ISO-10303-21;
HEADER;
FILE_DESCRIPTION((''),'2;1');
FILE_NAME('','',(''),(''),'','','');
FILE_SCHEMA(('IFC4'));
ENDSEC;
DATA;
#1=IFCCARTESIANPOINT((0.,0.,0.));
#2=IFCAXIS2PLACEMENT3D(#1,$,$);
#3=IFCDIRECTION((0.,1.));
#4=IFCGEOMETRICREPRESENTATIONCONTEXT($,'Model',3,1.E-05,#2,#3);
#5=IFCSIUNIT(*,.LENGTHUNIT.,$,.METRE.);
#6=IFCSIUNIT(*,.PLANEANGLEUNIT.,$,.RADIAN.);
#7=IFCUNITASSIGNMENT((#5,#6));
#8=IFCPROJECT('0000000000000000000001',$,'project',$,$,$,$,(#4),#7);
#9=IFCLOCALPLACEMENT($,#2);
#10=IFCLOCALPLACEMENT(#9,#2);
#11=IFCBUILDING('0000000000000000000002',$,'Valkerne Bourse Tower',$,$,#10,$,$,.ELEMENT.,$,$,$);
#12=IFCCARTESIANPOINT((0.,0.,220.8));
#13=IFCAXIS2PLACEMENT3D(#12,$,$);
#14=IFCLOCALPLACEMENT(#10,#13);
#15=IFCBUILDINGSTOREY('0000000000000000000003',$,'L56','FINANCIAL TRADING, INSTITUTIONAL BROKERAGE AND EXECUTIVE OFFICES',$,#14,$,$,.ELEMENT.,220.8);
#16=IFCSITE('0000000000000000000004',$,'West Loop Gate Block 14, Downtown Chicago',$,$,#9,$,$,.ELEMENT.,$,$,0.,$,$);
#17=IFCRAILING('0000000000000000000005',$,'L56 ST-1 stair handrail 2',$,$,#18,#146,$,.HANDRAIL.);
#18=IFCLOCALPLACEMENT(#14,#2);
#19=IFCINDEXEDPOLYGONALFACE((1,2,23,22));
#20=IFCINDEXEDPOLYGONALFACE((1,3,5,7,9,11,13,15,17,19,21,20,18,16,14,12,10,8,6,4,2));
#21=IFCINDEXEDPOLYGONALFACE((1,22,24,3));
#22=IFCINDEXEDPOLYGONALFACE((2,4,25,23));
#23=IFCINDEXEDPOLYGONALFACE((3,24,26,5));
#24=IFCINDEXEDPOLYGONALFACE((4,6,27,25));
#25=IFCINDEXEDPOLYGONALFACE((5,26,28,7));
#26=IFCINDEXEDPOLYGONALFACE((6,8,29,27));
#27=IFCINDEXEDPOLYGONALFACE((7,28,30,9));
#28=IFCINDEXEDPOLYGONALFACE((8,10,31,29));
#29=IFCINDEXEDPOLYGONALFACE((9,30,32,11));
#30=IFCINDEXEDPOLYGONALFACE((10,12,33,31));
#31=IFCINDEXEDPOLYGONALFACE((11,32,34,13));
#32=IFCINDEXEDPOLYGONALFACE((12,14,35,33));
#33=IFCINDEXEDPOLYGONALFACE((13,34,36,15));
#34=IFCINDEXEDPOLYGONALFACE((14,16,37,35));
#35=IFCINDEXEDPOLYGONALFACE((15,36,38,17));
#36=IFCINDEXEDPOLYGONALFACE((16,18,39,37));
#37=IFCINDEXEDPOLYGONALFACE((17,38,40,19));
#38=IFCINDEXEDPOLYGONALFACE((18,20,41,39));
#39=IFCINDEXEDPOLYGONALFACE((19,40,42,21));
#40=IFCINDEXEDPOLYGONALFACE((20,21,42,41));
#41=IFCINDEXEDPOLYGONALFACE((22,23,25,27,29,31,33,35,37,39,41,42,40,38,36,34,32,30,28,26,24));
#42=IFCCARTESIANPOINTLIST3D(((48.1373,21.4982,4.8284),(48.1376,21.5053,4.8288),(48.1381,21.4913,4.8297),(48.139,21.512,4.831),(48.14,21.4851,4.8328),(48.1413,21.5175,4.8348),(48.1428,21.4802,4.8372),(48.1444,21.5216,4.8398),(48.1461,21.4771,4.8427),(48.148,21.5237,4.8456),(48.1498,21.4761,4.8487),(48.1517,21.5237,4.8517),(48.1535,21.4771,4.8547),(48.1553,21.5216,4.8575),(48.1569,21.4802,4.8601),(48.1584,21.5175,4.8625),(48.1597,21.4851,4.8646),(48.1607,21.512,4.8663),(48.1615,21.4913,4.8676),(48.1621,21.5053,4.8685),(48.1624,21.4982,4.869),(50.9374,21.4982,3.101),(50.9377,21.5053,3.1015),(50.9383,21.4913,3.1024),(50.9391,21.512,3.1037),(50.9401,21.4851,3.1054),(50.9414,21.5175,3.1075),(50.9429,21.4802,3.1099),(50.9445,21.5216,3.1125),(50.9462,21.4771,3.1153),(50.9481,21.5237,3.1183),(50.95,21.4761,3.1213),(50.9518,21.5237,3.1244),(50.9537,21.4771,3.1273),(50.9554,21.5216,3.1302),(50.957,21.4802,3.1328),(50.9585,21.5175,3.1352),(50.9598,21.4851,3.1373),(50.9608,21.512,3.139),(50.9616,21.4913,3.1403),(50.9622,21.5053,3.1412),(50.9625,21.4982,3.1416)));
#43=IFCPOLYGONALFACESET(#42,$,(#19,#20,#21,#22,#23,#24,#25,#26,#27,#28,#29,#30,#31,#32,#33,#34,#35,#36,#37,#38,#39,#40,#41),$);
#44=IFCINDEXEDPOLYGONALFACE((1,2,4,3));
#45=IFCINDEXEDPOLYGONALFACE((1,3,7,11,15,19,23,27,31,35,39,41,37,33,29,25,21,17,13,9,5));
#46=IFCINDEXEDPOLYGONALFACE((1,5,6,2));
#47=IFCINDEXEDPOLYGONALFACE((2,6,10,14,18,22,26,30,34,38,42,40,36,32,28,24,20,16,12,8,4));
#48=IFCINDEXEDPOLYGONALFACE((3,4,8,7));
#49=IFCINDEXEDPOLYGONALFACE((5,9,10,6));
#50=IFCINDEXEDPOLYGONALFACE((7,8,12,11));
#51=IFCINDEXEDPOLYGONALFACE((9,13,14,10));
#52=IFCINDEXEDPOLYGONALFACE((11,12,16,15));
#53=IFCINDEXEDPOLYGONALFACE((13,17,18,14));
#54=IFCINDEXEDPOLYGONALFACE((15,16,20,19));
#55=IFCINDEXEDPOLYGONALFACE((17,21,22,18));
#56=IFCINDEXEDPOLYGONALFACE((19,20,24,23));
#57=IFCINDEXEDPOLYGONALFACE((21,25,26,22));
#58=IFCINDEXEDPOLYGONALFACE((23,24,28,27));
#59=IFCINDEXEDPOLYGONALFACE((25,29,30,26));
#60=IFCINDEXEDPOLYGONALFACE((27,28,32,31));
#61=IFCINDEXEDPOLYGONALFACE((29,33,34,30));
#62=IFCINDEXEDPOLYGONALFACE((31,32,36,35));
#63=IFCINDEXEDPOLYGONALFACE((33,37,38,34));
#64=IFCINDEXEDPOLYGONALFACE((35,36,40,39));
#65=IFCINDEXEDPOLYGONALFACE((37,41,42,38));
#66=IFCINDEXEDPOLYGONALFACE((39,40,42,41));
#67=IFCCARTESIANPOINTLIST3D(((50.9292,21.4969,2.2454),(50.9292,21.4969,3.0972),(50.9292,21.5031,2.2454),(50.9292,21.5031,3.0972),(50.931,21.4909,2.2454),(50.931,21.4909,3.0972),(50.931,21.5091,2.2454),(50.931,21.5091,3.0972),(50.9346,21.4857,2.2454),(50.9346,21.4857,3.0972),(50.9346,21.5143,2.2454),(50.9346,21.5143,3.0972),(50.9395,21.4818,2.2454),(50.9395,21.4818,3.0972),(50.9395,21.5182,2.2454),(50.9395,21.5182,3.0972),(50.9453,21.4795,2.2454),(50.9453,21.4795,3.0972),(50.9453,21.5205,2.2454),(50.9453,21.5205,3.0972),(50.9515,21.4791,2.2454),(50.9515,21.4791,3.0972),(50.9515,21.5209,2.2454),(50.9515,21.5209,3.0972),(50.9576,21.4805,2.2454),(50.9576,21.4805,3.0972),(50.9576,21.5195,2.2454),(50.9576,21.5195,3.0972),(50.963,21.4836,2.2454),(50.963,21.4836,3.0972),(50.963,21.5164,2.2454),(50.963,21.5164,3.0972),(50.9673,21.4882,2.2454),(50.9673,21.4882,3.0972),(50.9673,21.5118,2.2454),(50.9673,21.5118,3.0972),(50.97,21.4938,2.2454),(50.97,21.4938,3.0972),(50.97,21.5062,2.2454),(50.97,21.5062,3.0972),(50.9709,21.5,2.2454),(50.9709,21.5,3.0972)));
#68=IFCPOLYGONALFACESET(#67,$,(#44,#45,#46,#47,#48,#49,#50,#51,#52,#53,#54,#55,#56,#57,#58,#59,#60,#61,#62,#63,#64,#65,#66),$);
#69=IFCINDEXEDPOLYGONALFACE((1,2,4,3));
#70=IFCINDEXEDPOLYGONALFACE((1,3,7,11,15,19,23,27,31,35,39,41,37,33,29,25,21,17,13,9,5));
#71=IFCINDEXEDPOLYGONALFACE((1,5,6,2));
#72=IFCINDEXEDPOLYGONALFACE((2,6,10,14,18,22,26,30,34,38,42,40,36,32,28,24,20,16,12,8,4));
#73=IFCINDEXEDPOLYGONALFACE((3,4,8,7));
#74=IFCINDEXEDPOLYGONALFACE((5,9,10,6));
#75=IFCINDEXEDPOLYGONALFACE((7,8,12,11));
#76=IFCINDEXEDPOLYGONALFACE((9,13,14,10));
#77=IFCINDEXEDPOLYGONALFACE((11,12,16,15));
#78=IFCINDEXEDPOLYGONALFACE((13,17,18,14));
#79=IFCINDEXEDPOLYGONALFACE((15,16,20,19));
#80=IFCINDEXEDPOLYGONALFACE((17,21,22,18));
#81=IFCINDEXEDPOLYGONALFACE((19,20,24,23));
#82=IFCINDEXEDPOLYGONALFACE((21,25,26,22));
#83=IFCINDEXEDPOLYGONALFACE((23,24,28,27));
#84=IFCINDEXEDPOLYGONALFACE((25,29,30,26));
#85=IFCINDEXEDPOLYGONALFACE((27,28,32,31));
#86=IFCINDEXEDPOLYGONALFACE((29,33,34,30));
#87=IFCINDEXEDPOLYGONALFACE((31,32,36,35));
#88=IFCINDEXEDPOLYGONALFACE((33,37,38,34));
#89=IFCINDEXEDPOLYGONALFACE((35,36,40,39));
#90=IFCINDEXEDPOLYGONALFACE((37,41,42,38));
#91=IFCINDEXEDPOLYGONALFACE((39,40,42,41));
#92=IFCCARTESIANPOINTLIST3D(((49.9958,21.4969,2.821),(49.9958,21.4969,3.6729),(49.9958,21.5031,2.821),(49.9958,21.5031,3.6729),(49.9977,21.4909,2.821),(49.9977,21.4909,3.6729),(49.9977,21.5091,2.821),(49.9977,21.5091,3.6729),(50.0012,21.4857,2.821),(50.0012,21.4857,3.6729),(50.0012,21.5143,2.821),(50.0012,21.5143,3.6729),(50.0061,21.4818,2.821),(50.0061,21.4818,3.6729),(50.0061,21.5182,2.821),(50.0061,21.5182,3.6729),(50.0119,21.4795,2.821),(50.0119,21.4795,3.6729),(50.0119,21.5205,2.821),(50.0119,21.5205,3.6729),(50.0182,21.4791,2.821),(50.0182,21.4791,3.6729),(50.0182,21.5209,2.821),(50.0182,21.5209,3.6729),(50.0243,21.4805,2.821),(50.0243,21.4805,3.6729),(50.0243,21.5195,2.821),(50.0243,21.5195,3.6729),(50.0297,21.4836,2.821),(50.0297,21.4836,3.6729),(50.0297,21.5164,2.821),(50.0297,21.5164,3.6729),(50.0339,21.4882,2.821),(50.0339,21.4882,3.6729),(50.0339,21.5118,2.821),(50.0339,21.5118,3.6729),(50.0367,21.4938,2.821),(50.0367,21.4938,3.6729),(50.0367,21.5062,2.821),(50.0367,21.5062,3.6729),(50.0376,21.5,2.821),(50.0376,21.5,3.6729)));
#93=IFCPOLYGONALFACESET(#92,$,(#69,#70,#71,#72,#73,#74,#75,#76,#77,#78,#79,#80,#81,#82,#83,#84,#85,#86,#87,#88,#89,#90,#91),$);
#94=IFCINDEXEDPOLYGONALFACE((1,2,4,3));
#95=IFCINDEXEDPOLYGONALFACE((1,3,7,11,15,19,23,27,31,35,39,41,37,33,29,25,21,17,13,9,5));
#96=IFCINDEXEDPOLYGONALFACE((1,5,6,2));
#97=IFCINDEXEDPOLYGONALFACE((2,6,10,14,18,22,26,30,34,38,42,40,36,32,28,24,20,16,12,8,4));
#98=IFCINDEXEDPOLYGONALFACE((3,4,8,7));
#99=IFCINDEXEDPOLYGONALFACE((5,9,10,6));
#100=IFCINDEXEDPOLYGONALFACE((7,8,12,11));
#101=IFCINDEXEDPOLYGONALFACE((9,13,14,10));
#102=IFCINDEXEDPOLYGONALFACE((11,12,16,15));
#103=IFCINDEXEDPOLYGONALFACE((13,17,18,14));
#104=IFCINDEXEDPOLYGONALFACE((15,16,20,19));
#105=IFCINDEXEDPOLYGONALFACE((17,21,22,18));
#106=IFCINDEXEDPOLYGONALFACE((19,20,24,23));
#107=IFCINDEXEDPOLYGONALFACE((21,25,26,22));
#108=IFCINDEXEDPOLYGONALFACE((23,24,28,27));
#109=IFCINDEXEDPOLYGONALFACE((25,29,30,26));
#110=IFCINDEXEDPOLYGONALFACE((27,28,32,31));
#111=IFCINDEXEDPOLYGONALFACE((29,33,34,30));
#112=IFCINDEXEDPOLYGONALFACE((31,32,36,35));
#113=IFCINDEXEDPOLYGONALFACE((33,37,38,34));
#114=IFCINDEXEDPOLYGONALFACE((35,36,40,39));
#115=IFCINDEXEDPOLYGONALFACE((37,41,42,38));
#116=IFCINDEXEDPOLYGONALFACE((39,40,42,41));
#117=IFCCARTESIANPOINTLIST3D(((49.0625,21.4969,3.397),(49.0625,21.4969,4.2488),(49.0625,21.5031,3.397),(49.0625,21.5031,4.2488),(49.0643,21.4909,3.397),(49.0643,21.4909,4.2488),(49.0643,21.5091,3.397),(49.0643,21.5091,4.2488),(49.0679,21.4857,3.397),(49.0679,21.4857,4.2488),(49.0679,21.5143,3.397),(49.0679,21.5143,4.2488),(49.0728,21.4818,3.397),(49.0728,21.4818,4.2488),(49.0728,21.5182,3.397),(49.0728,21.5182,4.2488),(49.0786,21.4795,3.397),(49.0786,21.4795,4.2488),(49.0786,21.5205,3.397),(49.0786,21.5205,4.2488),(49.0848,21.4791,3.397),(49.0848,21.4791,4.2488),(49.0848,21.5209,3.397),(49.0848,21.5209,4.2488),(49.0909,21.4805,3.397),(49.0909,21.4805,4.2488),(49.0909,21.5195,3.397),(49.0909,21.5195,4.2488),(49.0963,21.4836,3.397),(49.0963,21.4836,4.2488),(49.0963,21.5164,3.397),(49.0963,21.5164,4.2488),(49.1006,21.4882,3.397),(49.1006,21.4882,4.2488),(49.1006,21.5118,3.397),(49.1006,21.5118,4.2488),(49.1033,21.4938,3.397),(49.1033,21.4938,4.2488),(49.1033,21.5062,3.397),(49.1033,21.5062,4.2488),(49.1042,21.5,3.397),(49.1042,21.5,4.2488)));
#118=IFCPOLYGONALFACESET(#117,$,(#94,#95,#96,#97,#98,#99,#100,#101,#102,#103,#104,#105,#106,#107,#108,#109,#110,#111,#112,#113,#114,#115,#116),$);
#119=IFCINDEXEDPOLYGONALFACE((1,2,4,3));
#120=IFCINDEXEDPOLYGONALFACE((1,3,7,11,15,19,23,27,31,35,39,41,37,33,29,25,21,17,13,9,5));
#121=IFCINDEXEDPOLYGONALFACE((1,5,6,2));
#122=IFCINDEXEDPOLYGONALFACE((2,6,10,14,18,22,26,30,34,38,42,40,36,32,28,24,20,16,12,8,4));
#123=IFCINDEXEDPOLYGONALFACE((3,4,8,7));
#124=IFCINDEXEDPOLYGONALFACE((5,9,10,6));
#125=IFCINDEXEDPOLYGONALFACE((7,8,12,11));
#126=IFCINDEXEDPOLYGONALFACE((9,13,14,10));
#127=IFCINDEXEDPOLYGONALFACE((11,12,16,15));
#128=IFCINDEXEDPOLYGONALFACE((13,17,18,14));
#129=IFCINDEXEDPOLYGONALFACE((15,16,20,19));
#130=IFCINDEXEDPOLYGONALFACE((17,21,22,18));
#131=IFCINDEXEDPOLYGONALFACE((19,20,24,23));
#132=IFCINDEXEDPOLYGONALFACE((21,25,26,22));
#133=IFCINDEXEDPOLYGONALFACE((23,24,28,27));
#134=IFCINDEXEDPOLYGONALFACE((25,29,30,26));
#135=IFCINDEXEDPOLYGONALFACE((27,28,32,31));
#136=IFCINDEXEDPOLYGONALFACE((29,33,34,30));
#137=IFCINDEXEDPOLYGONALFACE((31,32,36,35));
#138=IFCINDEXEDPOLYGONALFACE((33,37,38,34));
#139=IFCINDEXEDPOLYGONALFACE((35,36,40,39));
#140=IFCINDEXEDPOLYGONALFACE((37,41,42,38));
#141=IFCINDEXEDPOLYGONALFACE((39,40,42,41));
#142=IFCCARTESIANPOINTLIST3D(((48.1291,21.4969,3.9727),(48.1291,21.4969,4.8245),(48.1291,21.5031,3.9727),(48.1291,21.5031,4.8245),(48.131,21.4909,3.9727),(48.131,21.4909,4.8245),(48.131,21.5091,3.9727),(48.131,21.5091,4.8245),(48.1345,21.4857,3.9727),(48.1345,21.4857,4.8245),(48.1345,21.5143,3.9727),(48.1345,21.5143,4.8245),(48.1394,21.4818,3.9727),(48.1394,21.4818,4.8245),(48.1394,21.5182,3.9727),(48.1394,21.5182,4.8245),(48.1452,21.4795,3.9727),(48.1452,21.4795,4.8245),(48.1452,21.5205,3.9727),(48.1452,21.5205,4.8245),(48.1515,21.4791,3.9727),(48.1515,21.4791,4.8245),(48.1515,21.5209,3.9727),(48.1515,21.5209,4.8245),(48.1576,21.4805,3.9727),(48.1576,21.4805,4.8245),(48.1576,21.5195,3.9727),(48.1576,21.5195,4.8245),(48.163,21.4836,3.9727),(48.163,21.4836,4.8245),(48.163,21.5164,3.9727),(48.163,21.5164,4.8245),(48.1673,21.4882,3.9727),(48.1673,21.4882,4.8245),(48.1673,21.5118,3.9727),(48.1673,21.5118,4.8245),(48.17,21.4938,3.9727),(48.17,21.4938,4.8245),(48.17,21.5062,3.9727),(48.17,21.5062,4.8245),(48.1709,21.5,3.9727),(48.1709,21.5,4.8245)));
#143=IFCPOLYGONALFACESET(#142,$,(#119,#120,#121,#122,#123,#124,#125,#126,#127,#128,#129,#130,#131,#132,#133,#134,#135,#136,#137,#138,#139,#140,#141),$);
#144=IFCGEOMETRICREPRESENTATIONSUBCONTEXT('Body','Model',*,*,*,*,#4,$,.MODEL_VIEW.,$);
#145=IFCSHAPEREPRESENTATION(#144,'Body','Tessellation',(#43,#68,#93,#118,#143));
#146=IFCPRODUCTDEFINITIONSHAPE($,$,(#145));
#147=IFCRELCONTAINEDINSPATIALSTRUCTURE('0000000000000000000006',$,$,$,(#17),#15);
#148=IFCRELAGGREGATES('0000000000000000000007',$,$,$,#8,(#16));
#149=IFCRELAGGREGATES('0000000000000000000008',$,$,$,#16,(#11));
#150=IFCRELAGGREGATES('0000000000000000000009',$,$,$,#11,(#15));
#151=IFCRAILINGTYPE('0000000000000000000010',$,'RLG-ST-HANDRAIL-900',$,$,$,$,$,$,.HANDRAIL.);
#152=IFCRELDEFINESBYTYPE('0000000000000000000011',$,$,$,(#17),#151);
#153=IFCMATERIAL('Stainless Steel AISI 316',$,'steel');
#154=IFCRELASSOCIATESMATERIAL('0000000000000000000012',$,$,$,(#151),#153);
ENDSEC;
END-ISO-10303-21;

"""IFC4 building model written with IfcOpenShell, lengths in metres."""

from ifc_helpers import new_model, si_unit, direction, frame, origin, origin_2d, place, context, subcontext, project, spatial, circle, extrude, material, type_object, element, save


model = new_model("IFC4")

# Units and contexts
model_context = context("Model", 3, precision=1e-05, world=origin(), true_north=direction((0.0, 1.0)))
body_context = subcontext(model_context, "Body", "Model", "MODEL_VIEW")
ifc_project = project(units=[si_unit("LENGTHUNIT", "METRE"), si_unit("PLANEANGLEUNIT", "RADIAN")], contexts=[model_context])

# Site, building, storey
site_placement = place(None, origin())
site = spatial("IfcSite", under=ifc_project, at=site_placement, Name="West Loop Gate Block 14, Downtown Chicago", CompositionType="ELEMENT", RefElevation=0.0)
building_placement = place(site_placement, origin())
building = spatial("IfcBuilding", under=site, at=building_placement, Name="Valkerne Bourse Tower", CompositionType="ELEMENT")
storey_placement = place(building_placement, frame((0.0, 0.0, 220.8)))
storey = spatial("IfcBuildingStorey", under=building, at=storey_placement, Name="L56", Description="FINANCIAL TRADING, INSTITUTIONAL BROKERAGE AND EXECUTIVE OFFICES", CompositionType="ELEMENT", Elevation=220.8)

# Shared definitions
ifc_material_1 = material(Name="Stainless Steel AISI 316", Category="steel")

# Railing
railing_type_1 = type_object("IfcRailingType", Name="RLG-ST-HANDRAIL-900", PredefinedType="HANDRAIL", material=ifc_material_1)
railing_1_placement = place(storey_placement, frame((50.95, 21.5, 2.2454)))
element("IfcRailing", 1, at=railing_1_placement, inside=storey, type_object=railing_type_1, Name="L56 ST-1 stair handrail 2", PredefinedType="HANDRAIL", context=body_context, shape_type="SweptSolid", body=[
    extrude(circle(Radius=0.0239, at=origin_2d()), frame((0.0, 0.0, 0.876), z_axis=(-0.85109, 0.0, 0.52502), x_axis=(0.0, -1.0, 0.0)), (0.0, 0.0, 1.0), 3.29),
    extrude(circle(Radius=0.021, at=origin_2d()), origin(), (0.0, 0.0, 1.0), 0.8518),
    extrude(circle(Radius=0.021, at=origin_2d()), frame((-0.9333, 0.0, 0.5757)), (0.0, 0.0, 1.0), 0.8518),
    extrude(circle(Radius=0.021, at=origin_2d()), frame((-1.8667, 0.0, 1.1516)), (0.0, 0.0, 1.0), 0.8518),
    extrude(circle(Radius=0.021, at=origin_2d()), frame((-2.8, 0.0, 1.7273)), (0.0, 0.0, 1.0), 0.8518),
])

save(model, "model.ifc")
